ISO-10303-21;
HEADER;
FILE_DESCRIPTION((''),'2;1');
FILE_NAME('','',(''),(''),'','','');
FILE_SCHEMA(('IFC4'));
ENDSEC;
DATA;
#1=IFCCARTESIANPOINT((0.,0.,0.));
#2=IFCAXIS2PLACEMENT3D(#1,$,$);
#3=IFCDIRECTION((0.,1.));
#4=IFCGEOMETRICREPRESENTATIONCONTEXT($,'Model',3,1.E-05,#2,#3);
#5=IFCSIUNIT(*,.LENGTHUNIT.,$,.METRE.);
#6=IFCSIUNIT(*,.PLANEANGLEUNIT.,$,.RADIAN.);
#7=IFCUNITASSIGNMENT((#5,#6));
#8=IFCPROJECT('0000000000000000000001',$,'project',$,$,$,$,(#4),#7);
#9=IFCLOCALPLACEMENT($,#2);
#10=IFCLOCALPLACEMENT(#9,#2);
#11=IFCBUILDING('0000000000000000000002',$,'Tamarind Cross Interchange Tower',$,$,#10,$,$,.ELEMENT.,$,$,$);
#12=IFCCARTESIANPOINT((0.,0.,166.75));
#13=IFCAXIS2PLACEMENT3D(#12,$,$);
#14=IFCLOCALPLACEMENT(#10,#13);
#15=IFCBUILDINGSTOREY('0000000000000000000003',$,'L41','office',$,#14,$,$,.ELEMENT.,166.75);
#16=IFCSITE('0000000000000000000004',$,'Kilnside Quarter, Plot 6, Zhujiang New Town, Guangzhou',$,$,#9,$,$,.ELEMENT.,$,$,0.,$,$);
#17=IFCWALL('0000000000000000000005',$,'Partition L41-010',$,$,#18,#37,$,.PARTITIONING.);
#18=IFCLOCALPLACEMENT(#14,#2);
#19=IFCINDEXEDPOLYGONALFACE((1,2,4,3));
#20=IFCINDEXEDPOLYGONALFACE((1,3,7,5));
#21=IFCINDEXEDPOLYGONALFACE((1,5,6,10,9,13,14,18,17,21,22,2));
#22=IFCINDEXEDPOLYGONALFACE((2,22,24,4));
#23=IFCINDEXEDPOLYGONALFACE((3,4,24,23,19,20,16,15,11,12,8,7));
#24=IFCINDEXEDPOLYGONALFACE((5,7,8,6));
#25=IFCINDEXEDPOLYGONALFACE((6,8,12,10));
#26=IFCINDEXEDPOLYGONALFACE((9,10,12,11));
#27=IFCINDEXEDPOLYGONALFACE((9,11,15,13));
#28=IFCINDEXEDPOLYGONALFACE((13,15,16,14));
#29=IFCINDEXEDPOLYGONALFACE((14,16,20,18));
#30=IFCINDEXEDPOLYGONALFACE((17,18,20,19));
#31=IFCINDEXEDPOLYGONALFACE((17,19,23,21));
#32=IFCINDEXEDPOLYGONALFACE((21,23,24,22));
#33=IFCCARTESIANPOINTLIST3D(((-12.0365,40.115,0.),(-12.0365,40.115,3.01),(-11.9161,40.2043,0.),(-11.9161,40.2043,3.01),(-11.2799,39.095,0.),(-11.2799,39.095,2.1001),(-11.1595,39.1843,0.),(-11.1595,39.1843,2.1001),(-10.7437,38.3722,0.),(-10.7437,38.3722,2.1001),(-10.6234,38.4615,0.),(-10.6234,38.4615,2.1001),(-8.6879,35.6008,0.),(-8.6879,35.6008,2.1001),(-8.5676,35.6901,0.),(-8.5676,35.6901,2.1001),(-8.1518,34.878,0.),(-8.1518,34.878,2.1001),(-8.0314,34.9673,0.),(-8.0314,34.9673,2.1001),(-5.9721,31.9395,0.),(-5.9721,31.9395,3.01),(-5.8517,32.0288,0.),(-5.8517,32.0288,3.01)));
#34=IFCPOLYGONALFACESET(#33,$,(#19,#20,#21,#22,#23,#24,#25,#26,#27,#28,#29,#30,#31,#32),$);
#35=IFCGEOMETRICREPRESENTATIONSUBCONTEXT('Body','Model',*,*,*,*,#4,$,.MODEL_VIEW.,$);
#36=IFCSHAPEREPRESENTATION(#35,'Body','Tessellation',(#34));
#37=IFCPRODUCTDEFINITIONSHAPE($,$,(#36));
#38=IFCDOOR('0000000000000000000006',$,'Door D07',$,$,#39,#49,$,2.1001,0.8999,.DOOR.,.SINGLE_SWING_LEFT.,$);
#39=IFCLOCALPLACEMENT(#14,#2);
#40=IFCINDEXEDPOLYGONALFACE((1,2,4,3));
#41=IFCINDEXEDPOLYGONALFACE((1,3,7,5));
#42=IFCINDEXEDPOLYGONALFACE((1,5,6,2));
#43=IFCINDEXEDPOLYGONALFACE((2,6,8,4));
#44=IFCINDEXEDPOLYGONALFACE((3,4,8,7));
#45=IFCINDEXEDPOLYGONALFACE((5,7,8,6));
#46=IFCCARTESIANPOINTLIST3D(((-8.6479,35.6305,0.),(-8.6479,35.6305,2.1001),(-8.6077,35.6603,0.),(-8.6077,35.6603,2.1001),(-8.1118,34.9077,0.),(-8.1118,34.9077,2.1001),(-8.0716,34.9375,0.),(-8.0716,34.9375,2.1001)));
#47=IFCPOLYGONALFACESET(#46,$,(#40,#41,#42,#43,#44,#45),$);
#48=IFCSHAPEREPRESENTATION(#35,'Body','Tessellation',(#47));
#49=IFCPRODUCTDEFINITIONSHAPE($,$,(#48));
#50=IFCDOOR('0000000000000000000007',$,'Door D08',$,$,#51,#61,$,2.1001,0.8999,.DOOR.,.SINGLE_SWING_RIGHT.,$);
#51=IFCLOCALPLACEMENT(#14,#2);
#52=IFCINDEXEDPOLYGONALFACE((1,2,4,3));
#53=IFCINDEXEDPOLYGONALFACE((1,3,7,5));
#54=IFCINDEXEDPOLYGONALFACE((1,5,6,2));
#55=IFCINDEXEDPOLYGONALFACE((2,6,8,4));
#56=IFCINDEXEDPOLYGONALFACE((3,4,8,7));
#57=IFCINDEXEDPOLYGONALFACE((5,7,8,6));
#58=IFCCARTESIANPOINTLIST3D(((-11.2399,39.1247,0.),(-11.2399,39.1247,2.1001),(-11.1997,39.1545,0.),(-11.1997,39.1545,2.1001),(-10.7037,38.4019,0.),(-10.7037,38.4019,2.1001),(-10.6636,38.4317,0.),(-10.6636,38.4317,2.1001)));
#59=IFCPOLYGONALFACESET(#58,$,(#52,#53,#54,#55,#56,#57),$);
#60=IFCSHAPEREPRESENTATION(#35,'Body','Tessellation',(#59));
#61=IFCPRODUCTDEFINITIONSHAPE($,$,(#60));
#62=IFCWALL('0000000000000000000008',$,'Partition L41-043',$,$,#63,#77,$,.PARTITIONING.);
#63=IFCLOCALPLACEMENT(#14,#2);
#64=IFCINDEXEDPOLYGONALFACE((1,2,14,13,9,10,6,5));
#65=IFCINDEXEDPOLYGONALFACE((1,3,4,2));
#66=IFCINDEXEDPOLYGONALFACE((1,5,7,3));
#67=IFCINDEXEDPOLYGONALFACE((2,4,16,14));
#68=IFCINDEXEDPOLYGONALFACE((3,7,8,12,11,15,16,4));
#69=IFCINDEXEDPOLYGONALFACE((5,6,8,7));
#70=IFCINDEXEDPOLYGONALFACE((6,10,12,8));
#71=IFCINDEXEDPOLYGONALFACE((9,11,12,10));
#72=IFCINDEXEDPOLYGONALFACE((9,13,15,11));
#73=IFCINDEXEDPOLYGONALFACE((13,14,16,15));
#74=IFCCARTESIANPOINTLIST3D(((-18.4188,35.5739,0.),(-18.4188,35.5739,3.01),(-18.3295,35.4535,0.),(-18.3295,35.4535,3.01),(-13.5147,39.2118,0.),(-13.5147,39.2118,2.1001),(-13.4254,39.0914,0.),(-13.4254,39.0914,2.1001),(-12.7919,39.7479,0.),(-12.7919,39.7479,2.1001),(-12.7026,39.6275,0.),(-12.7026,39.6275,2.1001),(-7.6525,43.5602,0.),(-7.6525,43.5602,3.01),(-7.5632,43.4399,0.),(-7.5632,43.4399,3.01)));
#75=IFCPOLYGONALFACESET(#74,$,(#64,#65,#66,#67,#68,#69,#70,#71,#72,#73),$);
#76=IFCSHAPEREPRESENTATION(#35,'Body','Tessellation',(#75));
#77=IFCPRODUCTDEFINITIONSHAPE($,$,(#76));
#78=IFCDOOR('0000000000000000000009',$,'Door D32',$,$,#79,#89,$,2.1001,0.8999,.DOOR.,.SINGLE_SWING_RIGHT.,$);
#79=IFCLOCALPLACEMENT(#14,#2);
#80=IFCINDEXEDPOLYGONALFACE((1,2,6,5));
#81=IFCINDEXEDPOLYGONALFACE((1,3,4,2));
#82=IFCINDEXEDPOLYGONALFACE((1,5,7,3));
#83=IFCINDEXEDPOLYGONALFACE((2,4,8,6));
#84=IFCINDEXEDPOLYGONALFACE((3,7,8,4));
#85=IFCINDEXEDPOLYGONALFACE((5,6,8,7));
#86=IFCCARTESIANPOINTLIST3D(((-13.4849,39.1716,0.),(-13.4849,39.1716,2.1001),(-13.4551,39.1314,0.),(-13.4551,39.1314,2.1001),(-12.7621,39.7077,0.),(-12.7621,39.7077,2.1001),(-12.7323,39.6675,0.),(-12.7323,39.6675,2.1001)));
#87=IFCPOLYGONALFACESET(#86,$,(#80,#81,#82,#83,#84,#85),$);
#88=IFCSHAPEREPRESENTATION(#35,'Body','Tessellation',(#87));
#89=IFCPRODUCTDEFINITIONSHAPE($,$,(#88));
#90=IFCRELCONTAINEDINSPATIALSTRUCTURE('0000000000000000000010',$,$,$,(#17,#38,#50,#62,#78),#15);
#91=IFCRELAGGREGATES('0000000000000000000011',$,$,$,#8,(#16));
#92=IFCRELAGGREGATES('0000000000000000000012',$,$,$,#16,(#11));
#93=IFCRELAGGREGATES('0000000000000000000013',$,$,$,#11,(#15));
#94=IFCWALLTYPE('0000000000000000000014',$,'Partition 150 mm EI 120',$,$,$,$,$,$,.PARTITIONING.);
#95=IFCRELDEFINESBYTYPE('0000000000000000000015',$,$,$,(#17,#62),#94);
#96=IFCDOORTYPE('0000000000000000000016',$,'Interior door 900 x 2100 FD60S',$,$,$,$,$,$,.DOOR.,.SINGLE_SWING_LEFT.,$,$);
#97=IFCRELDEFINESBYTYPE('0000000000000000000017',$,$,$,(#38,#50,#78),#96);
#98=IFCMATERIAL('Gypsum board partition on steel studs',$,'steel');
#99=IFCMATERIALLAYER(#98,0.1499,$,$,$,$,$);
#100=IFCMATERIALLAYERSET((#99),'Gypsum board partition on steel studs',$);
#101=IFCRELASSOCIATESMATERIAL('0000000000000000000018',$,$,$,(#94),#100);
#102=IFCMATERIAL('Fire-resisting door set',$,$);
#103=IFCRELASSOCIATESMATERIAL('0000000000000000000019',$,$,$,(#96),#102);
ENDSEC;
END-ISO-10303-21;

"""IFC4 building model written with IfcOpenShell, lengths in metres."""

from ifc_helpers import new_model, si_unit, direction, frame, frame_2d, origin, place, context, subcontext, project, spatial, rectangle, extrude, material, layer, layer_set, type_object, element, fill, save


model = new_model("IFC4")

# Units and contexts
model_context = context("Model", 3, precision=1e-05, world=origin(), true_north=direction((0.0, 1.0)))
body_context = subcontext(model_context, "Body", "Model", "MODEL_VIEW")
ifc_project = project(units=[si_unit("LENGTHUNIT", "METRE"), si_unit("PLANEANGLEUNIT", "RADIAN")], contexts=[model_context])

# Site, building, storey
site_placement = place(None, origin())
site = spatial("IfcSite", under=ifc_project, at=site_placement, Name="Kilnside Quarter, Plot 6, Zhujiang New Town, Guangzhou", CompositionType="ELEMENT", RefElevation=0.0)
building_placement = place(site_placement, origin())
building = spatial("IfcBuilding", under=site, at=building_placement, Name="Tamarind Cross Interchange Tower", CompositionType="ELEMENT")
storey_placement = place(building_placement, frame((0.0, 0.0, 166.75)))
storey = spatial("IfcBuildingStorey", under=building, at=storey_placement, Name="L41", Description="office", CompositionType="ELEMENT", Elevation=166.75)

# Shared definitions
ifc_material_1 = material(Name="Gypsum board partition on steel studs", Category="steel")

# Wall, openings, doors
ifc_layer_1 = layer(ifc_material_1, 0.1499)
ifc_layer_set_1 = layer_set([ifc_layer_1], Name="Gypsum board partition on steel studs")
wall_type_1 = type_object("IfcWallType", Name="Partition 150 mm EI 120", PredefinedType="PARTITIONING", material=ifc_layer_set_1)
ifc_material_2 = material(Name="Fire-resisting door set")
door_type = type_object("IfcDoorType", Name="Interior door 900 x 2100 FD60S", OperationType="SINGLE_SWING_LEFT", PredefinedType="DOOR", material=ifc_material_2)
wall_1_placement = place(storey_placement, frame((-11.9763, 40.1597, 0.0), z_axis=(0.0, 0.0, 1.0), x_axis=(0.595767, -0.803158, 0.0)))
wall_1 = element("IfcWall", 1, at=wall_1_placement, inside=storey, type_object=wall_type_1, Name="Partition L41-010", PredefinedType="PARTITIONING", context=body_context, shape_type="SweptSolid", body=[
    extrude(rectangle(XDim=10.1792, YDim=0.1499, at=frame_2d((5.0896, 0.0))), origin(), (0.0, 0.0, 1.0), 3.01),
])
opening_1_placement = place(wall_1_placement, frame((5.6206, 0.0, 0.0)))
opening_1 = element("IfcOpeningElement", 2, at=opening_1_placement, cuts=wall_1, PredefinedType="OPENING", context=body_context, shape_type="SweptSolid", body=[
    extrude(rectangle(XDim=0.8999, YDim=2.1001, at=frame_2d((0.45, 1.05))), frame((0.0, 0.085, 0.0), z_axis=(0.0, -1.0, 0.0), x_axis=(1.0, 0.0, 0.0)), (0.0, 0.0, 1.0), 0.1699),
])
opening_2_placement = place(wall_1_placement, frame((1.27, 0.0, 0.0)))
opening_2 = element("IfcOpeningElement", 3, at=opening_2_placement, cuts=wall_1, PredefinedType="OPENING", context=body_context, shape_type="SweptSolid", body=[
    extrude(rectangle(XDim=0.8999, YDim=2.1001, at=frame_2d((0.45, 1.05))), frame((0.0, 0.085, 0.0), z_axis=(0.0, -1.0, 0.0), x_axis=(1.0, 0.0, 0.0)), (0.0, 0.0, 1.0), 0.1699),
])
door_1_placement = place(opening_1_placement, origin())
door_1 = element("IfcDoor", 4, at=door_1_placement, inside=storey, type_object=door_type, Name="Door D07", OperationType="SINGLE_SWING_LEFT", OverallHeight=2.1001, OverallWidth=0.8999, PredefinedType="DOOR", context=body_context, shape_type="SweptSolid", body=[
    extrude(rectangle(XDim=0.8999, YDim=2.1001, at=frame_2d((0.45, 1.05))), frame((0.0, 0.0249, 0.0), z_axis=(0.0, -1.0, 0.0), x_axis=(1.0, 0.0, 0.0)), (0.0, 0.0, 1.0), 0.05),
])
fill(opening_1, door_1)
door_2_placement = place(opening_2_placement, origin())
door_2 = element("IfcDoor", 5, at=door_2_placement, inside=storey, type_object=door_type, Name="Door D08", OperationType="SINGLE_SWING_RIGHT", OverallHeight=2.1001, OverallWidth=0.8999, PredefinedType="DOOR", context=body_context, shape_type="SweptSolid", body=[
    extrude(rectangle(XDim=0.8999, YDim=2.1001, at=frame_2d((0.45, 1.05))), frame((0.0, 0.0249, 0.0), z_axis=(0.0, -1.0, 0.0), x_axis=(1.0, 0.0, 0.0)), (0.0, 0.0, 1.0), 0.05),
])
fill(opening_2, door_2)

# Wall, opening, door
wall_2_placement = place(storey_placement, frame((-18.3743, 35.5137, 0.0), z_axis=(0.0, 0.0, 1.0), x_axis=(0.803156, 0.595769, 0.0)))
wall_2 = element("IfcWall", 6, at=wall_2_placement, inside=storey, type_object=wall_type_1, Name="Partition L41-043", PredefinedType="PARTITIONING", context=body_context, shape_type="SweptSolid", body=[
    extrude(rectangle(XDim=13.405, YDim=0.1499, at=frame_2d((6.7026, 0.0))), origin(), (0.0, 0.0, 1.0), 3.01),
])
opening_3_placement = place(wall_2_placement, frame((6.1062, 0.0, 0.0)))
opening_3 = element("IfcOpeningElement", 7, at=opening_3_placement, cuts=wall_2, PredefinedType="OPENING", context=body_context, shape_type="SweptSolid", body=[
    extrude(rectangle(XDim=0.8999, YDim=2.1001, at=frame_2d((0.45, 1.05))), frame((0.0, 0.085, 0.0), z_axis=(0.0, -1.0, 0.0), x_axis=(1.0, 0.0, 0.0)), (0.0, 0.0, 1.0), 0.1699),
])
door_3_placement = place(opening_3_placement, origin())
door_3 = element("IfcDoor", 8, at=door_3_placement, inside=storey, type_object=door_type, Name="Door D32", OperationType="SINGLE_SWING_RIGHT", OverallHeight=2.1001, OverallWidth=0.8999, PredefinedType="DOOR", context=body_context, shape_type="SweptSolid", body=[
    extrude(rectangle(XDim=0.8999, YDim=2.1001, at=frame_2d((0.45, 1.05))), frame((0.0, 0.0249, 0.0), z_axis=(0.0, -1.0, 0.0), x_axis=(1.0, 0.0, 0.0)), (0.0, 0.0, 1.0), 0.05),
])
fill(opening_3, door_3)

save(model, "model.ifc")
